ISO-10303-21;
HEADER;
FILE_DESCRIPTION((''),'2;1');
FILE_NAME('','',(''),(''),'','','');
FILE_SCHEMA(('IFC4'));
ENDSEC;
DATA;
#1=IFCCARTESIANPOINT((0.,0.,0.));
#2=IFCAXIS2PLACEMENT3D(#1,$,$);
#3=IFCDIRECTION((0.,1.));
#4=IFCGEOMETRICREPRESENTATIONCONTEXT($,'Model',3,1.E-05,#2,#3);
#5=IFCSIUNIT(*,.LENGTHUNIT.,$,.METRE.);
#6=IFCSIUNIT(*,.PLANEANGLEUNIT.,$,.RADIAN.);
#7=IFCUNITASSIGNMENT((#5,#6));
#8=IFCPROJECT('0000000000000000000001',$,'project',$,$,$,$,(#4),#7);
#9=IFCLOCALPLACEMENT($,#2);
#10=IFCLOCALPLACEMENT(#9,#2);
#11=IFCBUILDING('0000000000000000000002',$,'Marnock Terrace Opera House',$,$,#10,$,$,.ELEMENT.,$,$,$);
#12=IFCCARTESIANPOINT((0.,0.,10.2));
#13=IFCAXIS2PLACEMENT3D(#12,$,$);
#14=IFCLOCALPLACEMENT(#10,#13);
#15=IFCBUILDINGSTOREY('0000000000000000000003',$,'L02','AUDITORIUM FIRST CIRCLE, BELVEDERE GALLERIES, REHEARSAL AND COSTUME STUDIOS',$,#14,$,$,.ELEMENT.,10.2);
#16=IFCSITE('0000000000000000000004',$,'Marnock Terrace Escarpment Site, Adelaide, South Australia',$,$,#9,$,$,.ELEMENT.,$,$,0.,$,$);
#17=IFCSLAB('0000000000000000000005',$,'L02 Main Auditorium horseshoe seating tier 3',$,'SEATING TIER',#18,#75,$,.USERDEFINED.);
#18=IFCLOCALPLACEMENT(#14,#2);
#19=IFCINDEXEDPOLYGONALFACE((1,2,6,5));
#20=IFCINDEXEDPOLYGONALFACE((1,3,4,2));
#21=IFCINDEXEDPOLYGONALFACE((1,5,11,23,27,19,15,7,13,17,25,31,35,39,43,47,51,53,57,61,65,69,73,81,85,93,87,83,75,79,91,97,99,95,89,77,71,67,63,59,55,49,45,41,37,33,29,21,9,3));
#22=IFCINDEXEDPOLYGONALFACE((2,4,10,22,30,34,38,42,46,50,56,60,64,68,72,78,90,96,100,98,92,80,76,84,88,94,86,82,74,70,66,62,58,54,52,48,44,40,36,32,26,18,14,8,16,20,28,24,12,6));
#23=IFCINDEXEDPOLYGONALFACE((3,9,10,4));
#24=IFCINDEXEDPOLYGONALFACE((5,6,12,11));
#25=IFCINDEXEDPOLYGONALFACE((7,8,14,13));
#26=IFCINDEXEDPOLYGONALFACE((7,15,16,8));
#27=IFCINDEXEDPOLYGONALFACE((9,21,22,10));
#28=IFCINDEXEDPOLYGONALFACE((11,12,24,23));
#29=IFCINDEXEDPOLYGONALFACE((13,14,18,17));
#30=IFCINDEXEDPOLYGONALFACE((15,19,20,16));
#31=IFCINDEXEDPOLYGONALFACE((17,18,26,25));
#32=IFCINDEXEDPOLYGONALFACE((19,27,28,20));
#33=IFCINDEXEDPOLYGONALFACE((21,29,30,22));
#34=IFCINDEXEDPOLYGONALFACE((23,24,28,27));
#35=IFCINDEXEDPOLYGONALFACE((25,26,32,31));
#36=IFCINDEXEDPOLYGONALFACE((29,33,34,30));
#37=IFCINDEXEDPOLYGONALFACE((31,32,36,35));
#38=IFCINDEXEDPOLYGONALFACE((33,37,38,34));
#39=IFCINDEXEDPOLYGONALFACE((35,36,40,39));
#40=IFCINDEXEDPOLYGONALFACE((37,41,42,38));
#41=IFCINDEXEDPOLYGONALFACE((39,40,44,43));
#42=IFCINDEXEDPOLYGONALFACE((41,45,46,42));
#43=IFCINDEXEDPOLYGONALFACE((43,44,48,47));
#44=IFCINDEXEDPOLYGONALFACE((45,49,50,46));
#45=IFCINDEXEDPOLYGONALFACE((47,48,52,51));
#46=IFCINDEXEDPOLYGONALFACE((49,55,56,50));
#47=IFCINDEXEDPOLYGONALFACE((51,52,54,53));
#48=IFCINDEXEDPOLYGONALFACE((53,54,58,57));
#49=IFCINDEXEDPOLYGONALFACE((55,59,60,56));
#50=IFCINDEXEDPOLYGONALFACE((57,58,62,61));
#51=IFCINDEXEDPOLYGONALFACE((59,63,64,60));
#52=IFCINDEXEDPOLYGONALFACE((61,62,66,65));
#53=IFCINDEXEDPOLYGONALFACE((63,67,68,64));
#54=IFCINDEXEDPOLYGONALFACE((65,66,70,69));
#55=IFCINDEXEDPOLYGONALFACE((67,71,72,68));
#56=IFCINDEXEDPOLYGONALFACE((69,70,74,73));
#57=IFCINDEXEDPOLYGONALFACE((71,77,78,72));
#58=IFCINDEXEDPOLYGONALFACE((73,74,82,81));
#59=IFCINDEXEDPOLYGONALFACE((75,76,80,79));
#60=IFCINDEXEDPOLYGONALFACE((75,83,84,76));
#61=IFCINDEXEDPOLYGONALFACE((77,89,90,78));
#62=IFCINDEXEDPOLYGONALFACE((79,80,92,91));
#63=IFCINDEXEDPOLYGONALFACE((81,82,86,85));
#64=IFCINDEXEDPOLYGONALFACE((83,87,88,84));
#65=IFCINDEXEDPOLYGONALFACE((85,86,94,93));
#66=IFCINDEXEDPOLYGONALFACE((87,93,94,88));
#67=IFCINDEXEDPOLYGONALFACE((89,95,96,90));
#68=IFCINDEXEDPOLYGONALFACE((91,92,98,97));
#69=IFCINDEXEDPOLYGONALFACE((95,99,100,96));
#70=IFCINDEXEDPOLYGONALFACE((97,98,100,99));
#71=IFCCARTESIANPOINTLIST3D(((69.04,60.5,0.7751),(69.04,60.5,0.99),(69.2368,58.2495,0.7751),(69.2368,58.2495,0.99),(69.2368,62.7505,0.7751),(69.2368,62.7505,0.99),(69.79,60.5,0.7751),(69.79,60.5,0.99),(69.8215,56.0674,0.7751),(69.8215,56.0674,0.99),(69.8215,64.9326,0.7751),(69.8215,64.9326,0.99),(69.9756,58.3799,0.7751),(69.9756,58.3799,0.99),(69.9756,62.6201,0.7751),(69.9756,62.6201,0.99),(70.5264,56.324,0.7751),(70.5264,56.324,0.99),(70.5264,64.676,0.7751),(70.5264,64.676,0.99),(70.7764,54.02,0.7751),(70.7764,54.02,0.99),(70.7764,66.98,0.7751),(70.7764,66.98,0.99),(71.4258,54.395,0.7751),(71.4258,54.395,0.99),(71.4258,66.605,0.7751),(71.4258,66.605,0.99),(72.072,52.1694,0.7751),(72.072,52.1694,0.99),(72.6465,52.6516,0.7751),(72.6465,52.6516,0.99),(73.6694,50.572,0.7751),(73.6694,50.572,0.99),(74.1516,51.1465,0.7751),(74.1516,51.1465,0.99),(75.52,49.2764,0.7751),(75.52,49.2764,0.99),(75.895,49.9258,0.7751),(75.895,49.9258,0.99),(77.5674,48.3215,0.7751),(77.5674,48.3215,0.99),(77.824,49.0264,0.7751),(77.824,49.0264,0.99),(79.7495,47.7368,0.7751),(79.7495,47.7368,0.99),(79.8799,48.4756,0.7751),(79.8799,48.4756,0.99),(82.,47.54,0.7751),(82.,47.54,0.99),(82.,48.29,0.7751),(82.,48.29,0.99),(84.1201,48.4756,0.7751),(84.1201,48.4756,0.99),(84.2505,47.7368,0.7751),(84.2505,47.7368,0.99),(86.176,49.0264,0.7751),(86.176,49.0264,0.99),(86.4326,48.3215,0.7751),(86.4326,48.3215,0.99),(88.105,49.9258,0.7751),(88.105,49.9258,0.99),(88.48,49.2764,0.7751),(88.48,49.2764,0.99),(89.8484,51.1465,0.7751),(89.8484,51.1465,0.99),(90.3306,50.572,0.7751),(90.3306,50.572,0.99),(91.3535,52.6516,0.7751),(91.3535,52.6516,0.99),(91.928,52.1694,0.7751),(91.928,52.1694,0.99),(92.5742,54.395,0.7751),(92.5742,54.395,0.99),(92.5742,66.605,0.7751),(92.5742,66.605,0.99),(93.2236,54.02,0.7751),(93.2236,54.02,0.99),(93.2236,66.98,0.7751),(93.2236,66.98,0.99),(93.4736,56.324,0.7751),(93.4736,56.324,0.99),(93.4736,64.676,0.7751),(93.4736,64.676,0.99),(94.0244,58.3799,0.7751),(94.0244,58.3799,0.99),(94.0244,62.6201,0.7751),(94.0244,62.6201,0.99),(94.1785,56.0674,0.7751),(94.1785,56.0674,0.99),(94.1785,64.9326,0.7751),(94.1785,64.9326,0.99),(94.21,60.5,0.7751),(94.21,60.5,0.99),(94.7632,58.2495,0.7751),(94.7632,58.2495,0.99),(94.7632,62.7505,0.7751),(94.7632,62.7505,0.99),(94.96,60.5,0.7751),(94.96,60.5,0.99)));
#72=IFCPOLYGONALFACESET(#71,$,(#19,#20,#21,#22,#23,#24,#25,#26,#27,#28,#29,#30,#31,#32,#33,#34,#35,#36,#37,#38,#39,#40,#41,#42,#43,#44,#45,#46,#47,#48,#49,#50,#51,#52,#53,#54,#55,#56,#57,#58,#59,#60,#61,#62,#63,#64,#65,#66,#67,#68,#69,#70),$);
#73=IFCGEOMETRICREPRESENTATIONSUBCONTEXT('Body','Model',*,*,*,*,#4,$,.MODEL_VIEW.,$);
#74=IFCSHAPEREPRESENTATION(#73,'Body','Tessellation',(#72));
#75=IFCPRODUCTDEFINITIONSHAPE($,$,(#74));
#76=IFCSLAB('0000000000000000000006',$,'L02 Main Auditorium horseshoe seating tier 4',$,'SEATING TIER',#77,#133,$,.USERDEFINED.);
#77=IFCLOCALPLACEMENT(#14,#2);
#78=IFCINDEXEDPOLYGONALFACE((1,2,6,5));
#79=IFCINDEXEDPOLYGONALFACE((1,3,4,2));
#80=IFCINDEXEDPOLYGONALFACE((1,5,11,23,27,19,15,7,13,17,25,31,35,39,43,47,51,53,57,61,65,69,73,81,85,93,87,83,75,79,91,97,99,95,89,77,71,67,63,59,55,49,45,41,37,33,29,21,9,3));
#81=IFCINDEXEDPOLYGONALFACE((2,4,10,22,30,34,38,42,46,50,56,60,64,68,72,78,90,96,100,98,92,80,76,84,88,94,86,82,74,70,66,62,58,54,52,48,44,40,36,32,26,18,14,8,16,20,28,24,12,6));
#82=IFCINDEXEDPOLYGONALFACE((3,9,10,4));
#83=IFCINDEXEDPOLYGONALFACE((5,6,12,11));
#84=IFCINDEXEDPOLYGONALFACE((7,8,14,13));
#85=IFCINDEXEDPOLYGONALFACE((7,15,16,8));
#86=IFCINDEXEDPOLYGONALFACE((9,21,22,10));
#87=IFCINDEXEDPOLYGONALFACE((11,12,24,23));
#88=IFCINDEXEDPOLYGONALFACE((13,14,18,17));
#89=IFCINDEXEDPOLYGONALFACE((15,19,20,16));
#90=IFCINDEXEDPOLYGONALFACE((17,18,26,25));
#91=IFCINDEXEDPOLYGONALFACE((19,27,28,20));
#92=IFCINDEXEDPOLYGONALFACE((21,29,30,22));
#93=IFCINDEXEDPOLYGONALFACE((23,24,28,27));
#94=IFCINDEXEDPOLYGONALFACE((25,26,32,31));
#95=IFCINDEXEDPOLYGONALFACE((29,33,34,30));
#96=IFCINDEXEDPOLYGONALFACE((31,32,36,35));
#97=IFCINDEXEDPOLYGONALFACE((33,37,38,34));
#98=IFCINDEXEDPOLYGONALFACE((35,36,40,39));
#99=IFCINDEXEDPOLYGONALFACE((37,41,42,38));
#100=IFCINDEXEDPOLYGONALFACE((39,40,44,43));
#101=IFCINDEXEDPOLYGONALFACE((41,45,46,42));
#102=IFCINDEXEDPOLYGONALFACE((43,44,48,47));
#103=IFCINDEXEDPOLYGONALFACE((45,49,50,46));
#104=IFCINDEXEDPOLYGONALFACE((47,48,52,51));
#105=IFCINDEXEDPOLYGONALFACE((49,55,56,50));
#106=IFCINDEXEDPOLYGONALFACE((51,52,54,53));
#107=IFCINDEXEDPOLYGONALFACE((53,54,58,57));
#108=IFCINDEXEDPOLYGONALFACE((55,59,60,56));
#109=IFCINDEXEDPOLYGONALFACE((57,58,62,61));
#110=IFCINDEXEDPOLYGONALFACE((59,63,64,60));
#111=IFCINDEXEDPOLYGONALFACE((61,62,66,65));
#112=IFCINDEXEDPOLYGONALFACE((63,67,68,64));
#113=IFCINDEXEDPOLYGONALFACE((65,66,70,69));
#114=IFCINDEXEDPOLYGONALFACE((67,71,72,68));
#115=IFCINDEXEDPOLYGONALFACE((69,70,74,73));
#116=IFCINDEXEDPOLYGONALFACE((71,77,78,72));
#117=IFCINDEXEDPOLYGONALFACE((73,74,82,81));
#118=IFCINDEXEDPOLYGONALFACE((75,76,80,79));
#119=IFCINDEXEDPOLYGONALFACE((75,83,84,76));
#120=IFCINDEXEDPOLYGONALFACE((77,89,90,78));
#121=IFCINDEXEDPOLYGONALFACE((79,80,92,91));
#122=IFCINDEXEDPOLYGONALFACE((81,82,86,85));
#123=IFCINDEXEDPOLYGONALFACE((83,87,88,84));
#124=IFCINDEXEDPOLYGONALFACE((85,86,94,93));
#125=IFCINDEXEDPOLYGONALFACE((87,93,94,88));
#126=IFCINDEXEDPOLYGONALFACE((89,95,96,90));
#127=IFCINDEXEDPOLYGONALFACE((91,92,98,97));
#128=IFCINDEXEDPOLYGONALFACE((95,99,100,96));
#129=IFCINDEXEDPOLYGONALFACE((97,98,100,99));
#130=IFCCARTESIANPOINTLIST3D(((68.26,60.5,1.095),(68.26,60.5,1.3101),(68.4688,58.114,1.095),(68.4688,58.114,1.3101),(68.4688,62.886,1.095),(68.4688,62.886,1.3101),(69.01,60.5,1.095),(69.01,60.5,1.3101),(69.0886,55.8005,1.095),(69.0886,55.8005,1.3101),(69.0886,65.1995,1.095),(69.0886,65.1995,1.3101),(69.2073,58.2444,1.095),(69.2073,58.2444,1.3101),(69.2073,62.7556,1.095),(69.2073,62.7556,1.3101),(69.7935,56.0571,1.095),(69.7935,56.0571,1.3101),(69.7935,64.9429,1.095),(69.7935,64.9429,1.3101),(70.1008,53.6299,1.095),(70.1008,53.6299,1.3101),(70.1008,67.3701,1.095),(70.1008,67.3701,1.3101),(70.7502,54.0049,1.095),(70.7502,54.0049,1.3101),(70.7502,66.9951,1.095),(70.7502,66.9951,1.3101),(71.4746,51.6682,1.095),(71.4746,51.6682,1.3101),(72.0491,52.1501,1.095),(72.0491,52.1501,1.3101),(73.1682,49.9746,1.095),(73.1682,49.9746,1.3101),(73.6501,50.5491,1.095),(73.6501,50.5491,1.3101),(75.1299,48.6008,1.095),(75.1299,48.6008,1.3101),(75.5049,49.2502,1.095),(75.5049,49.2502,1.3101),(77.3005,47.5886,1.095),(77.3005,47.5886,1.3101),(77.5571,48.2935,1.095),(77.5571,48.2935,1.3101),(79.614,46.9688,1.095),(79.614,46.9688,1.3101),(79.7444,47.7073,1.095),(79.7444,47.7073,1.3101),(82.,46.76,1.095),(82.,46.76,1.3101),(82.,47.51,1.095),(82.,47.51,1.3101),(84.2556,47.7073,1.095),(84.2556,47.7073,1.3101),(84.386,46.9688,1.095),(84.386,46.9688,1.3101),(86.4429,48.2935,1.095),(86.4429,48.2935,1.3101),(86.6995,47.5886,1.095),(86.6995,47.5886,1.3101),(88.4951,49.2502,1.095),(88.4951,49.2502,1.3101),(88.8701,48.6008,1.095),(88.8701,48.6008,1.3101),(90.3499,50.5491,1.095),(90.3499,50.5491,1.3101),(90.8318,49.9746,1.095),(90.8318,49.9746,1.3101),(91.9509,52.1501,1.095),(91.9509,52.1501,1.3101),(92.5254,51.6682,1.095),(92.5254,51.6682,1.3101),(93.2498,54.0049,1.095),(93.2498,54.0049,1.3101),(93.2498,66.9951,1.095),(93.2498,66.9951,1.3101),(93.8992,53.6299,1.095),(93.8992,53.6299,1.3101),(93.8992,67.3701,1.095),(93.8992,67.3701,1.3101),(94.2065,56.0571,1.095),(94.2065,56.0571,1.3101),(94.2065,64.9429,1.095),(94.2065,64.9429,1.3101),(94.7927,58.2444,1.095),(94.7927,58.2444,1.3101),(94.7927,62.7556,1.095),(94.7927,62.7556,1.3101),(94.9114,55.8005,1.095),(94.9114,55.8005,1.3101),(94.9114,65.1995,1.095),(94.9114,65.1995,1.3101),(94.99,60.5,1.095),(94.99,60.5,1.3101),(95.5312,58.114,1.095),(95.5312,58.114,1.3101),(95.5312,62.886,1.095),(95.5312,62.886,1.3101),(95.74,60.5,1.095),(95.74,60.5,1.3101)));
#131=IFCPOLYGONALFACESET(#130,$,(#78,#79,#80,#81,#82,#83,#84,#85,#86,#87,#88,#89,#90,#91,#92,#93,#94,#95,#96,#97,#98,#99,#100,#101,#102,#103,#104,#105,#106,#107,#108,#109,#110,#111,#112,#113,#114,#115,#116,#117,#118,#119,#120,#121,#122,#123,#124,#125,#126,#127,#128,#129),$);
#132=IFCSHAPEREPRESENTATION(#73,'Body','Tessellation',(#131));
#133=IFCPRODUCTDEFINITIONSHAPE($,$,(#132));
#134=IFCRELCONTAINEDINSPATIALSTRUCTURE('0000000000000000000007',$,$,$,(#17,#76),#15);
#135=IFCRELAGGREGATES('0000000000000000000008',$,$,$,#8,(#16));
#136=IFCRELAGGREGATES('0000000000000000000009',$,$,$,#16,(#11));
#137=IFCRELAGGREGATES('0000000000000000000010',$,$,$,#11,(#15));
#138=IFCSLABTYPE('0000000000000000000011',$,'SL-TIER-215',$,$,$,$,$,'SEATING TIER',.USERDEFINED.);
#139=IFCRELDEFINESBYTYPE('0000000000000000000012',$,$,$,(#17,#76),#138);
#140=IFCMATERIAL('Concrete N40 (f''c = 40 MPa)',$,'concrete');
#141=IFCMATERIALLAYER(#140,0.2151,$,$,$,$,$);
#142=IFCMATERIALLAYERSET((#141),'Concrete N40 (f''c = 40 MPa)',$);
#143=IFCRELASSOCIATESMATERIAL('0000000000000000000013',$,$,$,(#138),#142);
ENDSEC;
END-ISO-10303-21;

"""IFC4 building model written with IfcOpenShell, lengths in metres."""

from ifc_helpers import new_model, si_unit, direction, frame, origin, place, context, subcontext, project, spatial, polyline, outline, extrude, material, layer, layer_set, type_object, element, save


model = new_model("IFC4")

# Units and contexts
model_context = context("Model", 3, precision=1e-05, world=origin(), true_north=direction((0.0, 1.0)))
body_context = subcontext(model_context, "Body", "Model", "MODEL_VIEW")
ifc_project = project(units=[si_unit("LENGTHUNIT", "METRE"), si_unit("PLANEANGLEUNIT", "RADIAN")], contexts=[model_context])

# Site, building, storey
site_placement = place(None, origin())
site = spatial("IfcSite", under=ifc_project, at=site_placement, Name="Marnock Terrace Escarpment Site, Adelaide, South Australia", CompositionType="ELEMENT", RefElevation=0.0)
building_placement = place(site_placement, origin())
building = spatial("IfcBuilding", under=site, at=building_placement, Name="Marnock Terrace Opera House", CompositionType="ELEMENT")
storey_placement = place(building_placement, frame((0.0, 0.0, 10.2)))
storey = spatial("IfcBuildingStorey", under=building, at=storey_placement, Name="L02", Description="AUDITORIUM FIRST CIRCLE, BELVEDERE GALLERIES, REHEARSAL AND COSTUME STUDIOS", CompositionType="ELEMENT", Elevation=10.2)

# Shared definitions
ifc_material_1 = material(Name="Concrete N40 (f'c = 40 MPa)", Category="concrete")

# Slabs
ifc_layer_1 = layer(ifc_material_1, 0.2151)
ifc_layer_set_1 = layer_set([ifc_layer_1], Name="Concrete N40 (f'c = 40 MPa)")
slab_type_1 = type_object("IfcSlabType", Name="SL-TIER-215", ElementType="SEATING TIER", PredefinedType="USERDEFINED", material=ifc_layer_set_1)
slab_1_placement = place(storey_placement, frame((0.0, 0.0, 0.7751)))
element("IfcSlab", 1, at=slab_1_placement, inside=storey, type_object=slab_type_1, Name="L02 Main Auditorium horseshoe seating tier 3", ObjectType="SEATING TIER", PredefinedType="USERDEFINED", context=body_context, shape_type="SweptSolid", body=[
    extrude(outline(polyline([(70.7764, 66.98), (69.8215, 64.9326), (69.2368, 62.7505), (69.04, 60.5), (69.2368, 58.2495), (69.8215, 56.0674), (70.7764, 54.02), (72.072, 52.1694), (73.6694, 50.572), (75.52, 49.2764), (77.5674, 48.3215), (79.7495, 47.7368), (82.0, 47.54), (84.2505, 47.7368), (86.4326, 48.3215), (88.48, 49.2764), (90.3306, 50.572), (91.928, 52.1694), (93.2236, 54.02), (94.1785, 56.0674), (94.7632, 58.2495), (94.96, 60.5), (94.7632, 62.7505), (94.1785, 64.9326), (93.2236, 66.98), (92.5742, 66.605), (93.4736, 64.676), (94.0244, 62.6201), (94.21, 60.5), (94.0244, 58.3799), (93.4736, 56.324), (92.5742, 54.395), (91.3535, 52.6516), (89.8484, 51.1465), (88.105, 49.9258), (86.176, 49.0264), (84.1201, 48.4756), (82.0, 48.29), (79.8799, 48.4756), (77.824, 49.0264), (75.895, 49.9258), (74.1516, 51.1465), (72.6465, 52.6516), (71.4258, 54.395), (70.5264, 56.324), (69.9756, 58.3799), (69.79, 60.5), (69.9756, 62.6201), (70.5264, 64.676), (71.4258, 66.605), (70.7764, 66.98)])), origin(), (0.0, 0.0, 1.0), 0.2148),
])
slab_2_placement = place(storey_placement, frame((0.0, 0.0, 1.095)))
element("IfcSlab", 2, at=slab_2_placement, inside=storey, type_object=slab_type_1, Name="L02 Main Auditorium horseshoe seating tier 4", ObjectType="SEATING TIER", PredefinedType="USERDEFINED", context=body_context, shape_type="SweptSolid", body=[
    extrude(outline(polyline([(70.1008, 67.3701), (69.0886, 65.1995), (68.4688, 62.886), (68.26, 60.5), (68.4688, 58.114), (69.0886, 55.8005), (70.1008, 53.6299), (71.4746, 51.6682), (73.1682, 49.9746), (75.1299, 48.6008), (77.3005, 47.5886), (79.614, 46.9688), (82.0, 46.76), (84.386, 46.9688), (86.6995, 47.5886), (88.8701, 48.6008), (90.8318, 49.9746), (92.5254, 51.6682), (93.8992, 53.6299), (94.9114, 55.8005), (95.5312, 58.114), (95.74, 60.5), (95.5312, 62.886), (94.9114, 65.1995), (93.8992, 67.3701), (93.2498, 66.9951), (94.2065, 64.9429), (94.7927, 62.7556), (94.99, 60.5), (94.7927, 58.2444), (94.2065, 56.0571), (93.2498, 54.0049), (91.9509, 52.1501), (90.3499, 50.5491), (88.4951, 49.2502), (86.4429, 48.2935), (84.2556, 47.7073), (82.0, 47.51), (79.7444, 47.7073), (77.5571, 48.2935), (75.5049, 49.2502), (73.6501, 50.5491), (72.0491, 52.1501), (70.7502, 54.0049), (69.7935, 56.0571), (69.2073, 58.2444), (69.01, 60.5), (69.2073, 62.7556), (69.7935, 64.9429), (70.7502, 66.9951), (70.1008, 67.3701)])), origin(), (0.0, 0.0, 1.0), 0.2151),
])

save(model, "model.ifc")
